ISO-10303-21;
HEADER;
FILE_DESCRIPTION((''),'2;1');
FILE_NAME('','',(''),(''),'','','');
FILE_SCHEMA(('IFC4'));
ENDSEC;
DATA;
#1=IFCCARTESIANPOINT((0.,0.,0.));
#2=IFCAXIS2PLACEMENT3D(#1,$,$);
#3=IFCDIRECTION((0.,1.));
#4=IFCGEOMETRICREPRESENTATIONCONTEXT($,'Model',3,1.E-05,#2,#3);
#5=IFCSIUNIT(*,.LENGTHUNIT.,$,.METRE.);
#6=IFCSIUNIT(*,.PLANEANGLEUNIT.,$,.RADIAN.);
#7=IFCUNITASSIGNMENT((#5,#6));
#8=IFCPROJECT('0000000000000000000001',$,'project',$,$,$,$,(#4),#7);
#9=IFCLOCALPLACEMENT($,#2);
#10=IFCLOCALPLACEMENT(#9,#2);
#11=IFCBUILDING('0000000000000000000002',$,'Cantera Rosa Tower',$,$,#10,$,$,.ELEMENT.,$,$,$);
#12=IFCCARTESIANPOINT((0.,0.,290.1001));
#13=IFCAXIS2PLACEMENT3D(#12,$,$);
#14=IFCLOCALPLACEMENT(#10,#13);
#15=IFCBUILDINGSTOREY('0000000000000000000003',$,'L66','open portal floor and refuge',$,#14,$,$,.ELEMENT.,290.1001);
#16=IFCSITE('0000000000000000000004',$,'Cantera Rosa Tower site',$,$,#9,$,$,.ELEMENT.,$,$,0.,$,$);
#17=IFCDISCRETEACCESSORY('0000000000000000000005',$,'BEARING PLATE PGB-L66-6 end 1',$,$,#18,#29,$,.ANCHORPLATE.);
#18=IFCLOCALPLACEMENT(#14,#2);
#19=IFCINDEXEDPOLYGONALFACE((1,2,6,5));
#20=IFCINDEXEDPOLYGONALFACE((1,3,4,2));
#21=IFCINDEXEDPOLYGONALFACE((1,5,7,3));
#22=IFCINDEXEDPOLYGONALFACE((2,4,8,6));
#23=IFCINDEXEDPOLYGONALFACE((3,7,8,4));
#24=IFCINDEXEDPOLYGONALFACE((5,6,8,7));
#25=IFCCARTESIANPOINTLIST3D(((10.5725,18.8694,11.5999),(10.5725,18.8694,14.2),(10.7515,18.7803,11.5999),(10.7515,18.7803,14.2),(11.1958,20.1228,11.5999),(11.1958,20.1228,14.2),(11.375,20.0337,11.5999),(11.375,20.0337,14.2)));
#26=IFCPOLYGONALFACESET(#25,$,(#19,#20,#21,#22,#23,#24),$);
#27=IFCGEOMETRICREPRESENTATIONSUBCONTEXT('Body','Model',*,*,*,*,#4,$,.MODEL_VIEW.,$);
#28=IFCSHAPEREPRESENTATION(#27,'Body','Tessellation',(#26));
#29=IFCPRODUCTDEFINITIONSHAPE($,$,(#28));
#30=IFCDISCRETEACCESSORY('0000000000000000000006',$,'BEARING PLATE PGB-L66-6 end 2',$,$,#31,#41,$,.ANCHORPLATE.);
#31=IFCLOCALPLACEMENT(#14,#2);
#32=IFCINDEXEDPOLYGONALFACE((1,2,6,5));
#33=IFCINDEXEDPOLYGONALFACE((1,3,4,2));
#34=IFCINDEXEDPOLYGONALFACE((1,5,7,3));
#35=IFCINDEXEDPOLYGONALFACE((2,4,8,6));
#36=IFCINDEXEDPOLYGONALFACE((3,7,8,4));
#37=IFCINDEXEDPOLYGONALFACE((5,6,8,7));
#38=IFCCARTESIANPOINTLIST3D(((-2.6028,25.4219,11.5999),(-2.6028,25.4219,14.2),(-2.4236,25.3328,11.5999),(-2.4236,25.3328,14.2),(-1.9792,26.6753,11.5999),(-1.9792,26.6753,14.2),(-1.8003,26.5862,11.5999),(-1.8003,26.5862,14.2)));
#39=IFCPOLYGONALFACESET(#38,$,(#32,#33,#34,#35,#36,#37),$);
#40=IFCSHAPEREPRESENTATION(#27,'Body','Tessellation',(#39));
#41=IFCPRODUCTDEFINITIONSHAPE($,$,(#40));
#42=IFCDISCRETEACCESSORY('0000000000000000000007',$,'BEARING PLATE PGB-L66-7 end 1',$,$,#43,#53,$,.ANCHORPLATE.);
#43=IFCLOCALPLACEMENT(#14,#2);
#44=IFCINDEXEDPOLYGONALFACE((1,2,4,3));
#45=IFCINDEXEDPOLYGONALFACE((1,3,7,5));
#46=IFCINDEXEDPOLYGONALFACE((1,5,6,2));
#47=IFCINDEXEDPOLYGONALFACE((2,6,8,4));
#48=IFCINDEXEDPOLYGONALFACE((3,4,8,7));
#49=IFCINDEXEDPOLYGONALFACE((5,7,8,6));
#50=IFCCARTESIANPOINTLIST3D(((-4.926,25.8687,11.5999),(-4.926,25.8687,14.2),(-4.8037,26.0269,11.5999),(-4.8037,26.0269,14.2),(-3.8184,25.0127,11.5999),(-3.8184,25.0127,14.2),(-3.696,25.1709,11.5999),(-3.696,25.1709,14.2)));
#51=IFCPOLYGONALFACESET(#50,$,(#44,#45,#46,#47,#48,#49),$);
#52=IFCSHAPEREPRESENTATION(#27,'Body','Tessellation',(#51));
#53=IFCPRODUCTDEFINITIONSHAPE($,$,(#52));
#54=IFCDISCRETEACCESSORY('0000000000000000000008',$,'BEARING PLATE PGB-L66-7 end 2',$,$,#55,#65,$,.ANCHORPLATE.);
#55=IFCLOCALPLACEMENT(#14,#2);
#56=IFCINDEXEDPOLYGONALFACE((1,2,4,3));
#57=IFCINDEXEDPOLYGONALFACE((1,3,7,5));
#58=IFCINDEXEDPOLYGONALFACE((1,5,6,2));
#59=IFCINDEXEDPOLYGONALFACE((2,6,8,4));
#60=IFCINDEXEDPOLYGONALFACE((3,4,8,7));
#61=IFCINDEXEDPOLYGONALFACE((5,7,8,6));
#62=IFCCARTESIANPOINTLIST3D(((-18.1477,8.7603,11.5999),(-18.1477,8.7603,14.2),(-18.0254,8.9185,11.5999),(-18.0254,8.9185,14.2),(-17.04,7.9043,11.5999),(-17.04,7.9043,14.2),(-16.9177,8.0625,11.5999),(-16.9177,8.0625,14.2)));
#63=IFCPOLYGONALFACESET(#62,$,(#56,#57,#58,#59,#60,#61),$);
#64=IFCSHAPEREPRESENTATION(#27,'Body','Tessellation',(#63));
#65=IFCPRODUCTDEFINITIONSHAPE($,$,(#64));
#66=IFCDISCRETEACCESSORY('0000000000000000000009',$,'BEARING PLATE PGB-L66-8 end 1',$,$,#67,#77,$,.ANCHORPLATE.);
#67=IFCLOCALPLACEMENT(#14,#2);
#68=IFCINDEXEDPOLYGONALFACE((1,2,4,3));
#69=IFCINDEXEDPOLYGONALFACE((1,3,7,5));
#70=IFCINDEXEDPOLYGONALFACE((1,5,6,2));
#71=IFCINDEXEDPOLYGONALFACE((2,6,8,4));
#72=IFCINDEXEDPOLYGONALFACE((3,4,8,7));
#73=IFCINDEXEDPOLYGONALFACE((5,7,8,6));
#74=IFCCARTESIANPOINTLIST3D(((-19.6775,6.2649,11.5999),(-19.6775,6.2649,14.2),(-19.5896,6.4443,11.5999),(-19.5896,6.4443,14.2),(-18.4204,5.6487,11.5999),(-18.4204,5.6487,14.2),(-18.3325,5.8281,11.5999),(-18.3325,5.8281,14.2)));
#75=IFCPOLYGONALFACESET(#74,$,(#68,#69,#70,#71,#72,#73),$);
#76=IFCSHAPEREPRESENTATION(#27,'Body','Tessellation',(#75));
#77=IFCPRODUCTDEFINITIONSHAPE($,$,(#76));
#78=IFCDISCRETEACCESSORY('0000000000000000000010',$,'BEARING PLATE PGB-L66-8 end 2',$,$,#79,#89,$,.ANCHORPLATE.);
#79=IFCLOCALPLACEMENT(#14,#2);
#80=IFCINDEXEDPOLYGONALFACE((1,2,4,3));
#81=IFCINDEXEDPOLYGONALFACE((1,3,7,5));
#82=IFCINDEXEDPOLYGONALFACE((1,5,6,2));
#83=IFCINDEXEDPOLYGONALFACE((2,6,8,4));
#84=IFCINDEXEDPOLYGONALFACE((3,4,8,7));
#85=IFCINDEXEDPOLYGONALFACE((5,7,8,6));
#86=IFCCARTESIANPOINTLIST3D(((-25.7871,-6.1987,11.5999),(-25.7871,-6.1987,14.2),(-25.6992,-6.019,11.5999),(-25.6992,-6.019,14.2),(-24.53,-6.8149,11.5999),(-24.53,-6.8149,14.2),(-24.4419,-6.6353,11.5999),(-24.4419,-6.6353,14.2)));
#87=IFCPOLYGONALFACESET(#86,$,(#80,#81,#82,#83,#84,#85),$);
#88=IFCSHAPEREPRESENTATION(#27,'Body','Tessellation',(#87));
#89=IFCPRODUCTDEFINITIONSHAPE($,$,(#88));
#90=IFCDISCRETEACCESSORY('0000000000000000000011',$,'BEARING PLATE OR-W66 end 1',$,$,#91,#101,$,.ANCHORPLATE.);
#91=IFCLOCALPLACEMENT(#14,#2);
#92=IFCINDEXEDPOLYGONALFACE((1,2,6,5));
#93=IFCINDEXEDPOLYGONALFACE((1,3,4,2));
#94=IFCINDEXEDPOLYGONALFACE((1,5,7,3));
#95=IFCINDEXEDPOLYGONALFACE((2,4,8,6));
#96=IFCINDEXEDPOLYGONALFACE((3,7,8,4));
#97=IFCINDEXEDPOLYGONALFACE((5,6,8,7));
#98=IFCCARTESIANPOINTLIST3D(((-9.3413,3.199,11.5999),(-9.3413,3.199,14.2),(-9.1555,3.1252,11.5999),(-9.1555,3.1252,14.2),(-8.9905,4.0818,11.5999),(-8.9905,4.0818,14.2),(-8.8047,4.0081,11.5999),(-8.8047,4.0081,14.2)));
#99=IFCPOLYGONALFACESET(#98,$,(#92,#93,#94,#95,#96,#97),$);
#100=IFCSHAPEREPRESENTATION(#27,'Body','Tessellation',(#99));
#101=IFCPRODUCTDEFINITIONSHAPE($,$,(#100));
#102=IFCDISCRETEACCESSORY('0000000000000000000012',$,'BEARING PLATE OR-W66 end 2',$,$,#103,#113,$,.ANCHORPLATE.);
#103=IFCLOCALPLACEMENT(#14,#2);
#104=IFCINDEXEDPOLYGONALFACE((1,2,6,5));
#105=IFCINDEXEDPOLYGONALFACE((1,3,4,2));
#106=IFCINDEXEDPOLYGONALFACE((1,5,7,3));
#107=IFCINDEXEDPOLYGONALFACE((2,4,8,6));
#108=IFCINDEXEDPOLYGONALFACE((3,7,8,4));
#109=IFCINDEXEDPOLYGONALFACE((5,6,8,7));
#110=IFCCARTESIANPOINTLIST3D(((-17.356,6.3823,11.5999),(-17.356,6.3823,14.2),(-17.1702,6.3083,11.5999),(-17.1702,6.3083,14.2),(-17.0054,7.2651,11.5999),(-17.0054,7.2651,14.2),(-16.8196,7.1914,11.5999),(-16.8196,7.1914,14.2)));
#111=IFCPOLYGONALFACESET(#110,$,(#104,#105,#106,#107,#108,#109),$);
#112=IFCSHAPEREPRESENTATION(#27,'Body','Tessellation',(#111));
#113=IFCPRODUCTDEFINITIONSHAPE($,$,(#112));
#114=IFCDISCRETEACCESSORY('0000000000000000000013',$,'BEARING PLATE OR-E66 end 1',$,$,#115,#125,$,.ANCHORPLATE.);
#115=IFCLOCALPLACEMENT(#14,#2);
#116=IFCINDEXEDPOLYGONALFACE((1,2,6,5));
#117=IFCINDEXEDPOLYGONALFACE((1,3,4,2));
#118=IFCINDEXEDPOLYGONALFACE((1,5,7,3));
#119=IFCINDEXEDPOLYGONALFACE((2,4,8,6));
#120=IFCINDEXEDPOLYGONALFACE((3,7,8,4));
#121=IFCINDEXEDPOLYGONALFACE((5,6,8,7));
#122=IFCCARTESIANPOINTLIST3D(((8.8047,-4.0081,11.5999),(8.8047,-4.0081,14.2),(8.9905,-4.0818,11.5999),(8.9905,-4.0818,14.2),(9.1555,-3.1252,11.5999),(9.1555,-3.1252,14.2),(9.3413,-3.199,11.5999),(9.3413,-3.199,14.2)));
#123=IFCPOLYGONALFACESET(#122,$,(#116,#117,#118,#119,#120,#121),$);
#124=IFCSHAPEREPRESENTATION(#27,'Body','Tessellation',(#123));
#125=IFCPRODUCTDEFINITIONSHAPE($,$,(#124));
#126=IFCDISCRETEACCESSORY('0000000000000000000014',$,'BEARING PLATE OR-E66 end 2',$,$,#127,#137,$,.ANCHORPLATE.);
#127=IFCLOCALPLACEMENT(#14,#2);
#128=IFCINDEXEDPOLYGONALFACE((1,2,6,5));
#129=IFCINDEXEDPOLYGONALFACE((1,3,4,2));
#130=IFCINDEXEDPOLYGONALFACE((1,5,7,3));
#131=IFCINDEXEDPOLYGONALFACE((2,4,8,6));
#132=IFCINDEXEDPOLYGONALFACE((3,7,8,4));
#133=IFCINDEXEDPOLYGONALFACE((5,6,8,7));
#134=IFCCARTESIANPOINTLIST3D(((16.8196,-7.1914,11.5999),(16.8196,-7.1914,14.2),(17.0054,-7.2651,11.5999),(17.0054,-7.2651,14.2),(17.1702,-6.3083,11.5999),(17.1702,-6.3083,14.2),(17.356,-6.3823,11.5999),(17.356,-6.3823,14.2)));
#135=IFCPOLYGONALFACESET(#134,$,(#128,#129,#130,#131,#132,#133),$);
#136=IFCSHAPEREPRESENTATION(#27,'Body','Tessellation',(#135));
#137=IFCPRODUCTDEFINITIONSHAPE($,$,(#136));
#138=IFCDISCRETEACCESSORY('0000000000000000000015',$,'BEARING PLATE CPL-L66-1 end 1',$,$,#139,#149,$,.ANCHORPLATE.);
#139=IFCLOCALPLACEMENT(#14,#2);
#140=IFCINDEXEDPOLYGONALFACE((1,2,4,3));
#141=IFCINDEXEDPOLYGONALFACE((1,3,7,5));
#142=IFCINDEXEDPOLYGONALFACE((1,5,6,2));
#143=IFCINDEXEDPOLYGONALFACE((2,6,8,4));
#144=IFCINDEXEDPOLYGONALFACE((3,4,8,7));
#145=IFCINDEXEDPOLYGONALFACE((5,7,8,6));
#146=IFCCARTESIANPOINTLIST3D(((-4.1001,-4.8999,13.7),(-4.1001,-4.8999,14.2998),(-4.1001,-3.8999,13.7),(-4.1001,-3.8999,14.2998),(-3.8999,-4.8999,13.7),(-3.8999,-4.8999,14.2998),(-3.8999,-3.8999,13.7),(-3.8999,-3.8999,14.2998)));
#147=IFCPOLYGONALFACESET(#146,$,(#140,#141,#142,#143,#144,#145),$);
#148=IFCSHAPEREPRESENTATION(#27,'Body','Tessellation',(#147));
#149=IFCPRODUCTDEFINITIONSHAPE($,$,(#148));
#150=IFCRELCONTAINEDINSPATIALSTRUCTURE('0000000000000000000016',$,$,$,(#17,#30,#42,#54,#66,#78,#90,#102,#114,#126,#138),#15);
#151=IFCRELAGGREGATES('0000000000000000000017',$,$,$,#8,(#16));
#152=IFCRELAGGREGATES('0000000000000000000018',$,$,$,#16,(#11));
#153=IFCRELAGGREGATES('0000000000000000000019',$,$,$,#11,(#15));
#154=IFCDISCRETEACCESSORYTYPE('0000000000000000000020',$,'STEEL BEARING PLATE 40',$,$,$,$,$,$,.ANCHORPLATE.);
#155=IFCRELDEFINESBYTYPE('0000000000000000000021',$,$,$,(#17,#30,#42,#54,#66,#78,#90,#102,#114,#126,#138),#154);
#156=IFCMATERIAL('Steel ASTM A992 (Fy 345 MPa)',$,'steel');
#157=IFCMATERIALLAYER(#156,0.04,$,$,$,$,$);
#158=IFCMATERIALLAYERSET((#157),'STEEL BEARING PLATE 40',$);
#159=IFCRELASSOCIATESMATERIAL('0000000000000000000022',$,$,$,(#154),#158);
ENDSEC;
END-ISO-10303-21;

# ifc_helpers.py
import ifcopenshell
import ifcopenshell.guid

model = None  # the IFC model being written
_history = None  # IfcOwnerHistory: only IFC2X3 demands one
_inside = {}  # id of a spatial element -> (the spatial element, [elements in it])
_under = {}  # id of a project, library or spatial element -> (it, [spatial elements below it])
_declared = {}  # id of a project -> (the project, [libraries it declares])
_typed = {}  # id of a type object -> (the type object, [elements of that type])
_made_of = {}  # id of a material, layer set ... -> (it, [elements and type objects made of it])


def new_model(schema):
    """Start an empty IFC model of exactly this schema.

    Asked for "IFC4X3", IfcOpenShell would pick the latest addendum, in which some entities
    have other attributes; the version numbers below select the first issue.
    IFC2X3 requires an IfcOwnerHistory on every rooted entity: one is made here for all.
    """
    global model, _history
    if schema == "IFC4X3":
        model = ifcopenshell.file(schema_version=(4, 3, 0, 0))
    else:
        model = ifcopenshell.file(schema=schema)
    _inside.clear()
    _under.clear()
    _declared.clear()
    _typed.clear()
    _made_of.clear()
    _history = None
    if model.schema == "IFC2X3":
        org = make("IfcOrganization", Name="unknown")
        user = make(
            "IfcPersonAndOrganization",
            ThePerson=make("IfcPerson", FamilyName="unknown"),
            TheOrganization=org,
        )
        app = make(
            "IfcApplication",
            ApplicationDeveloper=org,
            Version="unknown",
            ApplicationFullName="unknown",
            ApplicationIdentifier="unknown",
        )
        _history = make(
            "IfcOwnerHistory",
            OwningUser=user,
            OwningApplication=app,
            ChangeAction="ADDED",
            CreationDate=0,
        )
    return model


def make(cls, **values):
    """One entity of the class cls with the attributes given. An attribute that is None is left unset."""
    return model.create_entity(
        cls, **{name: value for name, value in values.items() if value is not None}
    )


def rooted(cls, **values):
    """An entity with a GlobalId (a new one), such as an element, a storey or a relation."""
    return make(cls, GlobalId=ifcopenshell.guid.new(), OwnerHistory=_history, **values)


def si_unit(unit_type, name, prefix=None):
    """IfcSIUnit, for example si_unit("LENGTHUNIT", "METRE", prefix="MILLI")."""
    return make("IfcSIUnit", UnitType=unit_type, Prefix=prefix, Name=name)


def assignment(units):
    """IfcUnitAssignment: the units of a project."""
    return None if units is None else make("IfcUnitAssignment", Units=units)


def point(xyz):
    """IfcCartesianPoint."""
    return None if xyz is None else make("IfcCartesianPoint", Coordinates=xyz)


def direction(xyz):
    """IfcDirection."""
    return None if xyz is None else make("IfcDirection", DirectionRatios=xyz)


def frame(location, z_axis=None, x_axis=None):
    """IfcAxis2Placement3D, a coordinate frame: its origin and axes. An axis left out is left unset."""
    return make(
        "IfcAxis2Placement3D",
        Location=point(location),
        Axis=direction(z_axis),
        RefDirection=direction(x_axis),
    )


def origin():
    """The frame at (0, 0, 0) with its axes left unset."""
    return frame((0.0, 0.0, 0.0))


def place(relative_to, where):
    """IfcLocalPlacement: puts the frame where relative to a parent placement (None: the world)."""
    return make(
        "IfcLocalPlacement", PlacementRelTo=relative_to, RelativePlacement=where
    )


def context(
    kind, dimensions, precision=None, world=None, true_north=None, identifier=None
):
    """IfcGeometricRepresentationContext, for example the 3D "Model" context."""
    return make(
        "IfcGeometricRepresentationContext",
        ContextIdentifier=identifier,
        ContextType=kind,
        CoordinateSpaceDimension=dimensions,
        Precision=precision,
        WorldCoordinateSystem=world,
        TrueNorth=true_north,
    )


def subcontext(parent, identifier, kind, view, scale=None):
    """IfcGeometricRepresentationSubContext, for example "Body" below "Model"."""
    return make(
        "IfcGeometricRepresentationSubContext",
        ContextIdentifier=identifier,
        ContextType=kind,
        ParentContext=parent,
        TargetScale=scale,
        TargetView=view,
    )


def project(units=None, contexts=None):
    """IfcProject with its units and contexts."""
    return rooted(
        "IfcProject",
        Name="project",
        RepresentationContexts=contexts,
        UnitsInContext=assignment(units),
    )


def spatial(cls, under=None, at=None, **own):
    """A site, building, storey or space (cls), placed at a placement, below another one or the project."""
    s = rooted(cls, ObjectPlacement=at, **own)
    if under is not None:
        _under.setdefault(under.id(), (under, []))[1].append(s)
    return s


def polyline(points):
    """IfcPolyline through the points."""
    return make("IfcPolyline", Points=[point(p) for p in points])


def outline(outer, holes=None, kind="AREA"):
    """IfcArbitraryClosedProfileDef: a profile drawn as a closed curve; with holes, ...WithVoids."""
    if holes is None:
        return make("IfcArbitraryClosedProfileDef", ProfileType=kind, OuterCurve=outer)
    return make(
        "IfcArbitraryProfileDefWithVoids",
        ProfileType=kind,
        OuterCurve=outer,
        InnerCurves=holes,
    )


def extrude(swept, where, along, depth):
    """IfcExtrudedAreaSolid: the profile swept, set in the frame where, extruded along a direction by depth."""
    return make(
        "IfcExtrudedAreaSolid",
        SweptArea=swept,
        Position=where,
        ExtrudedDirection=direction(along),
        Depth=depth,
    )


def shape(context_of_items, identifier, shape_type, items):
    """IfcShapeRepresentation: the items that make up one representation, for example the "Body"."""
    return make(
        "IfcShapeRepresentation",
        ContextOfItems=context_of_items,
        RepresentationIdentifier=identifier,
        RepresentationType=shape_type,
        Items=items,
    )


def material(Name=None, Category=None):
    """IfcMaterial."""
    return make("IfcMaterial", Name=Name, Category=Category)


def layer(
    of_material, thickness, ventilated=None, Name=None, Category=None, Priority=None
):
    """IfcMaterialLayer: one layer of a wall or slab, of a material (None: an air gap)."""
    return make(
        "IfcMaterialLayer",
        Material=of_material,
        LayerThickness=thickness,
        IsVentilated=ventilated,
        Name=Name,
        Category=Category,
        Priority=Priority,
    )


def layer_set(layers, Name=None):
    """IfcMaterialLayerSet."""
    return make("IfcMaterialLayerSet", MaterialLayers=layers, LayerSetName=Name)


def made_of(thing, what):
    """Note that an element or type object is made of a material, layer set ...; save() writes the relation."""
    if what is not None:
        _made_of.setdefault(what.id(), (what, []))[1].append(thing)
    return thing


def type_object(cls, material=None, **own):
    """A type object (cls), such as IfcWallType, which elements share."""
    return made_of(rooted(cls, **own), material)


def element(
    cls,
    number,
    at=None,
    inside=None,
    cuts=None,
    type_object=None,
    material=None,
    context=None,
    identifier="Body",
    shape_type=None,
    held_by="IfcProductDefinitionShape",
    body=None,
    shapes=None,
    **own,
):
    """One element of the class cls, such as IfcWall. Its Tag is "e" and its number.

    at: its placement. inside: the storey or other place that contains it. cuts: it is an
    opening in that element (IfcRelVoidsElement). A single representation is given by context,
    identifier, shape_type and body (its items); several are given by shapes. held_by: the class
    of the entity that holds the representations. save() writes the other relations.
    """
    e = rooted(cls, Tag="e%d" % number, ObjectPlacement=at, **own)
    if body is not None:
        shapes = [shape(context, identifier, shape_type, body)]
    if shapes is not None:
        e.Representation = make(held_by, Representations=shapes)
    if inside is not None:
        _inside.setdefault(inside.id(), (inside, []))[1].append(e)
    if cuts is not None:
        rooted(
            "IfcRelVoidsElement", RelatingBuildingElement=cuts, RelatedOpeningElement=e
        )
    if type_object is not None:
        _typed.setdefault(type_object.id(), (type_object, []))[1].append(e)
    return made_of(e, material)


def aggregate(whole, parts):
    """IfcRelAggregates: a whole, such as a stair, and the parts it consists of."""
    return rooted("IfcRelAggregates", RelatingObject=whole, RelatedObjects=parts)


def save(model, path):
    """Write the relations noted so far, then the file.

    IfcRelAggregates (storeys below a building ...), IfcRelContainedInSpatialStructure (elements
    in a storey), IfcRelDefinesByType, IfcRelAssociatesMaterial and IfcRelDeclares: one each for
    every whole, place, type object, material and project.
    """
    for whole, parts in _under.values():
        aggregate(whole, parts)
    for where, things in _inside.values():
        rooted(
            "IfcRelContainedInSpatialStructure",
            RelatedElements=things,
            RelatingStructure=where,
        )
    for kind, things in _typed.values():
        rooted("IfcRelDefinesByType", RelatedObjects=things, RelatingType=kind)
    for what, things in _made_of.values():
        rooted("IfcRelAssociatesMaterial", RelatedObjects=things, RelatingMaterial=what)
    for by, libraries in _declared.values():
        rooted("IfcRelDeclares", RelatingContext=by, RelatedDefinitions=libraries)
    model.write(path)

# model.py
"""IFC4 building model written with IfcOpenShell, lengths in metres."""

from ifc_helpers import new_model, si_unit, direction, frame, origin, place, context, subcontext, project, spatial, polyline, outline, extrude, material, layer, layer_set, type_object, element, save


model = new_model("IFC4")

# Units and contexts
model_context = context("Model", 3, precision=1e-05, world=origin(), true_north=direction((0.0, 1.0)))
body_context = subcontext(model_context, "Body", "Model", "MODEL_VIEW")
ifc_project = project(units=[si_unit("LENGTHUNIT", "METRE"), si_unit("PLANEANGLEUNIT", "RADIAN")], contexts=[model_context])

# Site, building, storey
site_placement = place(None, origin())
site = spatial("IfcSite", under=ifc_project, at=site_placement, Name="Cantera Rosa Tower site", CompositionType="ELEMENT", RefElevation=0.0)
building_placement = place(site_placement, origin())
building = spatial("IfcBuilding", under=site, at=building_placement, Name="Cantera Rosa Tower", CompositionType="ELEMENT")
storey_placement = place(building_placement, frame((0.0, 0.0, 290.1001)))
storey = spatial("IfcBuildingStorey", under=building, at=storey_placement, Name="L66", Description="open portal floor and refuge", CompositionType="ELEMENT", Elevation=290.1001)

# Discrete accessories
ifc_material_1 = material(Name="Steel ASTM A992 (Fy 345 MPa)", Category="steel")
ifc_layer_1 = layer(ifc_material_1, 0.04)
ifc_layer_set_1 = layer_set([ifc_layer_1], Name="STEEL BEARING PLATE 40")
discrete_accessory_type = type_object("IfcDiscreteAccessoryType", Name="STEEL BEARING PLATE 40", PredefinedType="ANCHORPLATE", material=ifc_layer_set_1)
discrete_accessory_1_placement = place(storey_placement, frame((0.0, 0.0, 11.5999)))
element("IfcDiscreteAccessory", 1, at=discrete_accessory_1_placement, inside=storey, type_object=discrete_accessory_type, Name="BEARING PLATE PGB-L66-6 end 1", PredefinedType="ANCHORPLATE", context=body_context, shape_type="SweptSolid", body=[
    extrude(outline(polyline([(10.5725, 18.8694), (10.7515, 18.7803), (11.375, 20.0337), (11.1958, 20.1228), (10.5725, 18.8694)])), origin(), (0.0, 0.0, 1.0), 2.6001),
])
discrete_accessory_2_placement = place(storey_placement, frame((0.0, 0.0, 11.5999)))
element("IfcDiscreteAccessory", 2, at=discrete_accessory_2_placement, inside=storey, type_object=discrete_accessory_type, Name="BEARING PLATE PGB-L66-6 end 2", PredefinedType="ANCHORPLATE", context=body_context, shape_type="SweptSolid", body=[
    extrude(outline(polyline([(-1.8003, 26.5862), (-1.9792, 26.6753), (-2.6028, 25.4219), (-2.4236, 25.3328), (-1.8003, 26.5862)])), origin(), (0.0, 0.0, 1.0), 2.6001),
])
discrete_accessory_3_placement = place(storey_placement, frame((0.0, 0.0, 11.5999)))
element("IfcDiscreteAccessory", 3, at=discrete_accessory_3_placement, inside=storey, type_object=discrete_accessory_type, Name="BEARING PLATE PGB-L66-7 end 1", PredefinedType="ANCHORPLATE", context=body_context, shape_type="SweptSolid", body=[
    extrude(outline(polyline([(-3.8184, 25.0127), (-3.696, 25.1709), (-4.8037, 26.0269), (-4.926, 25.8687), (-3.8184, 25.0127)])), origin(), (0.0, 0.0, 1.0), 2.6001),
])
discrete_accessory_4_placement = place(storey_placement, frame((0.0, 0.0, 11.5999)))
element("IfcDiscreteAccessory", 4, at=discrete_accessory_4_placement, inside=storey, type_object=discrete_accessory_type, Name="BEARING PLATE PGB-L66-7 end 2", PredefinedType="ANCHORPLATE", context=body_context, shape_type="SweptSolid", body=[
    extrude(outline(polyline([(-18.0254, 8.9185), (-18.1477, 8.7603), (-17.04, 7.9043), (-16.9177, 8.0625), (-18.0254, 8.9185)])), origin(), (0.0, 0.0, 1.0), 2.6001),
])
discrete_accessory_5_placement = place(storey_placement, frame((0.0, 0.0, 11.5999)))
element("IfcDiscreteAccessory", 5, at=discrete_accessory_5_placement, inside=storey, type_object=discrete_accessory_type, Name="BEARING PLATE PGB-L66-8 end 1", PredefinedType="ANCHORPLATE", context=body_context, shape_type="SweptSolid", body=[
    extrude(outline(polyline([(-18.4204, 5.6487), (-18.3325, 5.8281), (-19.5896, 6.4443), (-19.6775, 6.2649), (-18.4204, 5.6487)])), origin(), (0.0, 0.0, 1.0), 2.6001),
])
discrete_accessory_6_placement = place(storey_placement, frame((0.0, 0.0, 11.5999)))
element("IfcDiscreteAccessory", 6, at=discrete_accessory_6_placement, inside=storey, type_object=discrete_accessory_type, Name="BEARING PLATE PGB-L66-8 end 2", PredefinedType="ANCHORPLATE", context=body_context, shape_type="SweptSolid", body=[
    extrude(outline(polyline([(-25.6992, -6.019), (-25.7871, -6.1987), (-24.53, -6.8149), (-24.4419, -6.6353), (-25.6992, -6.019)])), origin(), (0.0, 0.0, 1.0), 2.6001),
])
discrete_accessory_7_placement = place(storey_placement, frame((0.0, 0.0, 11.5999)))
element("IfcDiscreteAccessory", 7, at=discrete_accessory_7_placement, inside=storey, type_object=discrete_accessory_type, Name="BEARING PLATE OR-W66 end 1", PredefinedType="ANCHORPLATE", context=body_context, shape_type="SweptSolid", body=[
    extrude(outline(polyline([(-9.3413, 3.199), (-9.1555, 3.1252), (-8.8047, 4.0081), (-8.9905, 4.0818), (-9.3413, 3.199)])), origin(), (0.0, 0.0, 1.0), 2.6001),
])
discrete_accessory_8_placement = place(storey_placement, frame((0.0, 0.0, 11.5999)))
element("IfcDiscreteAccessory", 8, at=discrete_accessory_8_placement, inside=storey, type_object=discrete_accessory_type, Name="BEARING PLATE OR-W66 end 2", PredefinedType="ANCHORPLATE", context=body_context, shape_type="SweptSolid", body=[
    extrude(outline(polyline([(-16.8196, 7.1914), (-17.0054, 7.2651), (-17.356, 6.3823), (-17.1702, 6.3083), (-16.8196, 7.1914)])), origin(), (0.0, 0.0, 1.0), 2.6001),
])
discrete_accessory_9_placement = place(storey_placement, frame((0.0, 0.0, 11.5999)))
element("IfcDiscreteAccessory", 9, at=discrete_accessory_9_placement, inside=storey, type_object=discrete_accessory_type, Name="BEARING PLATE OR-E66 end 1", PredefinedType="ANCHORPLATE", context=body_context, shape_type="SweptSolid", body=[
    extrude(outline(polyline([(9.3413, -3.199), (9.1555, -3.1252), (8.8047, -4.0081), (8.9905, -4.0818), (9.3413, -3.199)])), origin(), (0.0, 0.0, 1.0), 2.6001),
])
discrete_accessory_10_placement = place(storey_placement, frame((0.0, 0.0, 11.5999)))
element("IfcDiscreteAccessory", 10, at=discrete_accessory_10_placement, inside=storey, type_object=discrete_accessory_type, Name="BEARING PLATE OR-E66 end 2", PredefinedType="ANCHORPLATE", context=body_context, shape_type="SweptSolid", body=[
    extrude(outline(polyline([(16.8196, -7.1914), (17.0054, -7.2651), (17.356, -6.3823), (17.1702, -6.3083), (16.8196, -7.1914)])), origin(), (0.0, 0.0, 1.0), 2.6001),
])
discrete_accessory_11_placement = place(storey_placement, frame((0.0, 0.0, 13.7)))
element("IfcDiscreteAccessory", 11, at=discrete_accessory_11_placement, inside=storey, type_object=discrete_accessory_type, Name="BEARING PLATE CPL-L66-1 end 1", PredefinedType="ANCHORPLATE", context=body_context, shape_type="SweptSolid", body=[
    extrude(outline(polyline([(-3.8999, -3.8999), (-4.1001, -3.8999), (-4.1001, -4.8999), (-3.8999, -4.8999), (-3.8999, -3.8999)])), origin(), (0.0, 0.0, 1.0), 0.5999),
])

save(model, "model.ifc")
